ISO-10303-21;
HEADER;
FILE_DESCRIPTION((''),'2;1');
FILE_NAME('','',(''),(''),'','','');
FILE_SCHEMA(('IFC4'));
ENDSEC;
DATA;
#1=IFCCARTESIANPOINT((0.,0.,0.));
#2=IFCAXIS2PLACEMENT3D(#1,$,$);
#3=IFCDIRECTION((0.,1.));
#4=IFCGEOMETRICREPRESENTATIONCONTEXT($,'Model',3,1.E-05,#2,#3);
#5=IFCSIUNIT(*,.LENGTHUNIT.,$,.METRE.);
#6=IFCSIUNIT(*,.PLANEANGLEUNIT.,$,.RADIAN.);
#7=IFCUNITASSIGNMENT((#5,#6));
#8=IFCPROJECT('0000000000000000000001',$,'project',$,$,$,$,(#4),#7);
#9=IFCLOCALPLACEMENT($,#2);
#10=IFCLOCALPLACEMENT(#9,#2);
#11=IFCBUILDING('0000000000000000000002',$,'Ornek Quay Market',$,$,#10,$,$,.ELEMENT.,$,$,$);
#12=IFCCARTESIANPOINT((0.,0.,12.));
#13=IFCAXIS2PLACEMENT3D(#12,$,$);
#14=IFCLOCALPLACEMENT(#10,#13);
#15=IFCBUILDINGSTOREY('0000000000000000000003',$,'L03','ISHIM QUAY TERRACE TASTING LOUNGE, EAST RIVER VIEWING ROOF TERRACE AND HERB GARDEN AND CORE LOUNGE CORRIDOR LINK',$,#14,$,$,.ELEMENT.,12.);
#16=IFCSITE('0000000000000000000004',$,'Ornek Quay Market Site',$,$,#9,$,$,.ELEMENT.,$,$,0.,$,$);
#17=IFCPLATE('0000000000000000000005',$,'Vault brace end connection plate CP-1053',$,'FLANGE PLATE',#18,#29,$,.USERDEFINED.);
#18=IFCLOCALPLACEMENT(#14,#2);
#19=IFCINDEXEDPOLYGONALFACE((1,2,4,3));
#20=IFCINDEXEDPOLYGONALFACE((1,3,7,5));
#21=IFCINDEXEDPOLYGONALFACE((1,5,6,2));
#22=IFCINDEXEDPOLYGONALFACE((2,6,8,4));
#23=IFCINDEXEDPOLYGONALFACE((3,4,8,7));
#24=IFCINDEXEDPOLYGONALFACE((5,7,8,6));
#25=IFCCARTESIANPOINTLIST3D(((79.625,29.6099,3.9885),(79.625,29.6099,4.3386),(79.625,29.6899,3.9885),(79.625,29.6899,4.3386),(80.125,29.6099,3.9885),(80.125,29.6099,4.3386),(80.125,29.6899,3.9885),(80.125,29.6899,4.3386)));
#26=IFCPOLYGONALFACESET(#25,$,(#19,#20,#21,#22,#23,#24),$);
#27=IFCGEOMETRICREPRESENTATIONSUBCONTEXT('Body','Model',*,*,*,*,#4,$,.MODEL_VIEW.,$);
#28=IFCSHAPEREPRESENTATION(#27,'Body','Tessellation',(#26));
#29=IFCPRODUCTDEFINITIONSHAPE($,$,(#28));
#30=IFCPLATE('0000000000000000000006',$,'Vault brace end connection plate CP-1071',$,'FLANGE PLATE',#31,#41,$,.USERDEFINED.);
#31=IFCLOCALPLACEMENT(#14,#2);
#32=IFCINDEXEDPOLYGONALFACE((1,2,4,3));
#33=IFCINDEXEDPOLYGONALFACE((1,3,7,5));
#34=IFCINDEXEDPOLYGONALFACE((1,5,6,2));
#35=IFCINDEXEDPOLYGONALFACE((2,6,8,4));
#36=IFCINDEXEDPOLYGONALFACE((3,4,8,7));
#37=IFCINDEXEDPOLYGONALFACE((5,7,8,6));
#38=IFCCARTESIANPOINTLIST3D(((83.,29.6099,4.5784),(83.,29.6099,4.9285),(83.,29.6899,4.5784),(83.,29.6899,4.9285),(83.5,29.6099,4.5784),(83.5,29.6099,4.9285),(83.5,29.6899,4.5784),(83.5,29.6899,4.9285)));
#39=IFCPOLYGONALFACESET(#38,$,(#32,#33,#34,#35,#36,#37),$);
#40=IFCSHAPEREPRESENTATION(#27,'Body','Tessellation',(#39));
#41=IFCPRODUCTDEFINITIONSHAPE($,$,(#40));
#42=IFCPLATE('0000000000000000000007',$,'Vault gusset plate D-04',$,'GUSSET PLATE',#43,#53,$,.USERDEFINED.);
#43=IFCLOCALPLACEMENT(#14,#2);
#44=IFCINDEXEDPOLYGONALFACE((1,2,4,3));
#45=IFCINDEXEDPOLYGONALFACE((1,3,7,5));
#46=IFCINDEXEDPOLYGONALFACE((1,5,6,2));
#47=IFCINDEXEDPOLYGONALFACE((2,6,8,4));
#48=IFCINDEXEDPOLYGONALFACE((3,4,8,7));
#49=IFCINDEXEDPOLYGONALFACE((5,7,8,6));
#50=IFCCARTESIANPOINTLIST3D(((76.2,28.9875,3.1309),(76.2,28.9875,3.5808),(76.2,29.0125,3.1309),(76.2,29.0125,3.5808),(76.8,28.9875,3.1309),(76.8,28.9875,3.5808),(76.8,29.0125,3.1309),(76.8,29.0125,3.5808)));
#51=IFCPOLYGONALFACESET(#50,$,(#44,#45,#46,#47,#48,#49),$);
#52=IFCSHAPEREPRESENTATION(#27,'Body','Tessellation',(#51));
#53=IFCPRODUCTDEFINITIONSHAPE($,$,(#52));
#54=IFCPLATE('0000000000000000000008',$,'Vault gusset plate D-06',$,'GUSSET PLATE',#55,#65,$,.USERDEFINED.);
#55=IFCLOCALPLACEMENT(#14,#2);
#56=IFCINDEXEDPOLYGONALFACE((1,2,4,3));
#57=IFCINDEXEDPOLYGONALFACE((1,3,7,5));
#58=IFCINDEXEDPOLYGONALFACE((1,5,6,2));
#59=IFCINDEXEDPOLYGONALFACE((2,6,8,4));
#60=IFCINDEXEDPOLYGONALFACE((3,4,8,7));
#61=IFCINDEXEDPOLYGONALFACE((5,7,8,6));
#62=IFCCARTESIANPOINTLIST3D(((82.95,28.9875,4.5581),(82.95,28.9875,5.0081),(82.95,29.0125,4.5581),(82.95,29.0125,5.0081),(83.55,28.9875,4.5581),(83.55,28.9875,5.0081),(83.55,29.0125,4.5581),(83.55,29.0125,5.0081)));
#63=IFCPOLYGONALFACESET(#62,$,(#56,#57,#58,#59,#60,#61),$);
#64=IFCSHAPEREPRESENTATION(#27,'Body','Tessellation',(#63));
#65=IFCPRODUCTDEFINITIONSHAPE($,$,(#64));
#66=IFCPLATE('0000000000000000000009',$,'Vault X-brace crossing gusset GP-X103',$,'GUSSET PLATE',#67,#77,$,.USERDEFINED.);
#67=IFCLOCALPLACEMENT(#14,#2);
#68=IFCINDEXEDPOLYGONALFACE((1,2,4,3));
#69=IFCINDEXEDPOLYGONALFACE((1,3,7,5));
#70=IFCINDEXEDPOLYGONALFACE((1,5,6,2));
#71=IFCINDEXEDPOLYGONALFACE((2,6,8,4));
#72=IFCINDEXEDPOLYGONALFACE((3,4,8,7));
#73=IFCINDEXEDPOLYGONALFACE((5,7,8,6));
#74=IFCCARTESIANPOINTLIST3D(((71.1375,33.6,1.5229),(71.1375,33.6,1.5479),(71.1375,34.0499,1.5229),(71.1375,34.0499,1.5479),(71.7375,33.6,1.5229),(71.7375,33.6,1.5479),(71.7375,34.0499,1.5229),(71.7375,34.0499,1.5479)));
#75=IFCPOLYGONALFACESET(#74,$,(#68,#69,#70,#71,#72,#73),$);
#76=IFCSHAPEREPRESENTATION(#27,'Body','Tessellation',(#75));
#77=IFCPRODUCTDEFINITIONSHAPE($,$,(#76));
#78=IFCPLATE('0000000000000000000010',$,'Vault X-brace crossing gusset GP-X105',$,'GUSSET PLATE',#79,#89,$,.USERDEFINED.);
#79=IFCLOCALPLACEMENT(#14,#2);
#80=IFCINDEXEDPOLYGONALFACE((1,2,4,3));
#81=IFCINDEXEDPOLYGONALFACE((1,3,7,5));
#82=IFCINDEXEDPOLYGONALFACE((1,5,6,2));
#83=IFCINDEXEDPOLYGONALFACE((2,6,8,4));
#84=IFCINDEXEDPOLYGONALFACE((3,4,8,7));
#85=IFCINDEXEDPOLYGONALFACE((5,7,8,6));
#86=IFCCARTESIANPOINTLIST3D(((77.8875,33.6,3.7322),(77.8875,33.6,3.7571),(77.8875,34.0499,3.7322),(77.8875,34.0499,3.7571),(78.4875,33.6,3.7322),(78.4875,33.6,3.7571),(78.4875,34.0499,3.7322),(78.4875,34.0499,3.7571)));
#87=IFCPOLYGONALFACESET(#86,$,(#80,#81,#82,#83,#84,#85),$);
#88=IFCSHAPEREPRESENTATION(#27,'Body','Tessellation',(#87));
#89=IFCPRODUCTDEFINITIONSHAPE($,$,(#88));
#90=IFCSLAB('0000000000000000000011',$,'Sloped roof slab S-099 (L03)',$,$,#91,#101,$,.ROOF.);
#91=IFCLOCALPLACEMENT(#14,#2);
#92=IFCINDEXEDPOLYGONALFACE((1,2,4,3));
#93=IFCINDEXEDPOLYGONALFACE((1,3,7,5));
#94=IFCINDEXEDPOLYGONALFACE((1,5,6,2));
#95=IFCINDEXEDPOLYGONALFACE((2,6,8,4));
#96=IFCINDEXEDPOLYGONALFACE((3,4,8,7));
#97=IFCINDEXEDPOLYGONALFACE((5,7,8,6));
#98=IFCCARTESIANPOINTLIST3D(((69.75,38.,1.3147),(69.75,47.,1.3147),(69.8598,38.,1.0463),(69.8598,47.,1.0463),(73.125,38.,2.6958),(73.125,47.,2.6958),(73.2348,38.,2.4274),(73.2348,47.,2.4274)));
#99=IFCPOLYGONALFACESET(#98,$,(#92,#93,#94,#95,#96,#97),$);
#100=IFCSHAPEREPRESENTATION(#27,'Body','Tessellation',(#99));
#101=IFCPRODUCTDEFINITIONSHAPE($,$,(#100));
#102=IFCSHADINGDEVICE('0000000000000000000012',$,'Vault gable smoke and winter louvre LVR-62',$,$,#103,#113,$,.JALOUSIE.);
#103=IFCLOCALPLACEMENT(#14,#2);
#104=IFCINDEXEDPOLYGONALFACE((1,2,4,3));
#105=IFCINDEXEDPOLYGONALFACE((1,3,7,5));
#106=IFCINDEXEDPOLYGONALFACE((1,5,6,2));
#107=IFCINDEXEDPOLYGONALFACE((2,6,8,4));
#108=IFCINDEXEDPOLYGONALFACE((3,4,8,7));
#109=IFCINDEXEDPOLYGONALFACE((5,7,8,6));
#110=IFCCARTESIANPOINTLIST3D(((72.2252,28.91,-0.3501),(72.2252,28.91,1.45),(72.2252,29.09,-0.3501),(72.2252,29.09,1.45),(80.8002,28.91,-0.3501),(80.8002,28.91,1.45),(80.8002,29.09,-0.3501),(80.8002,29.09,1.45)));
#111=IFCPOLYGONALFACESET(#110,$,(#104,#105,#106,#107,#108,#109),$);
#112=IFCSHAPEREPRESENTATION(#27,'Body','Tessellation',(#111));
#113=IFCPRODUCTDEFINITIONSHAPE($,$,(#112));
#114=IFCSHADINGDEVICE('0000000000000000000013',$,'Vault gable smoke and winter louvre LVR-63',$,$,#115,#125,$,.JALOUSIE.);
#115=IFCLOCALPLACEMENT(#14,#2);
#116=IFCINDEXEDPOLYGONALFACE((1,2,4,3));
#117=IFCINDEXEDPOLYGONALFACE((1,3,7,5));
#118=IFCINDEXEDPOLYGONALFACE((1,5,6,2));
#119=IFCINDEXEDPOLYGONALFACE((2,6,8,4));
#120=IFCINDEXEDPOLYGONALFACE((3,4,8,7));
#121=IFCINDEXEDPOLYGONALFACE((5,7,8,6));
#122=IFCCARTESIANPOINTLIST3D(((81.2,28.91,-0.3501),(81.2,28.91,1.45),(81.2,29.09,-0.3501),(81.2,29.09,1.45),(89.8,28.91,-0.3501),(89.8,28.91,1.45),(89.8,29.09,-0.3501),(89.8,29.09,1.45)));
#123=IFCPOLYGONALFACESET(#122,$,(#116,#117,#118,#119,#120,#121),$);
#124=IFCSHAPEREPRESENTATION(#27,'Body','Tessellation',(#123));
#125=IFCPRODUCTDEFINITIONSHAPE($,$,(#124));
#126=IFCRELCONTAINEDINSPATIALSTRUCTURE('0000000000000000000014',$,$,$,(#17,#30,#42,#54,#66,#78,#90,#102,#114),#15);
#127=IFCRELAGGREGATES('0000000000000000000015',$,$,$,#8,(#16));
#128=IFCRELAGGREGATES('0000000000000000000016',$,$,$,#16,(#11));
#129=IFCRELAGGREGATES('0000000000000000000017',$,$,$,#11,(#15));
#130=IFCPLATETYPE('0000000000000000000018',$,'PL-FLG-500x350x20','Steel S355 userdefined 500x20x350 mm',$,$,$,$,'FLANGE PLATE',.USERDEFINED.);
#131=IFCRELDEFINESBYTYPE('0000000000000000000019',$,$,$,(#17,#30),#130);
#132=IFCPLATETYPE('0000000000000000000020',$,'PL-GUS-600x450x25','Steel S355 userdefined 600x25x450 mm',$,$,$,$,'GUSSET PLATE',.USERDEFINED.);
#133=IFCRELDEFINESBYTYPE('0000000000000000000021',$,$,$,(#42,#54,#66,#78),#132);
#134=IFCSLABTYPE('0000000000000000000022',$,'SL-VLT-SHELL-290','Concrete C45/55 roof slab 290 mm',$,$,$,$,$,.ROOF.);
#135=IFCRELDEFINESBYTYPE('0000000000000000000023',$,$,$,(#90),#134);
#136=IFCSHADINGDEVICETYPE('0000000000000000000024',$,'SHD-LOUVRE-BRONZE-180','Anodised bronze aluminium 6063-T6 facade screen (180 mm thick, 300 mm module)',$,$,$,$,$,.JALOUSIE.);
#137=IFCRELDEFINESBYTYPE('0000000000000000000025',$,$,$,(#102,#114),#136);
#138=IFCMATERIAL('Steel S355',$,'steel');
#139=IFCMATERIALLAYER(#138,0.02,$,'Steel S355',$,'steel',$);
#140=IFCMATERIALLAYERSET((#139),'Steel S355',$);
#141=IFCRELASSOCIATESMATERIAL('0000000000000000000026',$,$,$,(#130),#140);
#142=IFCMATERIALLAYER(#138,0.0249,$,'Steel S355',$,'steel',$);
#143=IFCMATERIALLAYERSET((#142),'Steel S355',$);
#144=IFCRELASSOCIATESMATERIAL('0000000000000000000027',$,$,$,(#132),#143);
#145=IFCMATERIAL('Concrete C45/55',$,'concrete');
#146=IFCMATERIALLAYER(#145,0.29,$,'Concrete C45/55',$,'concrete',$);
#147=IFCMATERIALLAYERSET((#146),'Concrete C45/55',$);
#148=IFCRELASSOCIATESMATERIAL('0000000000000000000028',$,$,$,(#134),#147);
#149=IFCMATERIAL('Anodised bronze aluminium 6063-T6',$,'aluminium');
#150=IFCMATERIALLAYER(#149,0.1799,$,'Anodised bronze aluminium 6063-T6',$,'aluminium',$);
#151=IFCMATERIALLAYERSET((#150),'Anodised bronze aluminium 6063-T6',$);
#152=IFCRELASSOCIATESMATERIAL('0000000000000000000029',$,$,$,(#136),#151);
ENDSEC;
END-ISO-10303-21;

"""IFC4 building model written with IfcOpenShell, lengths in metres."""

from ifc_helpers import new_model, si_unit, direction, frame, frame_2d, origin, origin_2d, place, context, subcontext, project, spatial, polyline, rectangle, outline, extrude, material, layer, layer_set, type_object, element, save


model = new_model("IFC4")

# Units and contexts
model_context = context("Model", 3, precision=1e-05, world=origin(), true_north=direction((0.0, 1.0)))
body_context = subcontext(model_context, "Body", "Model", "MODEL_VIEW")
ifc_project = project(units=[si_unit("LENGTHUNIT", "METRE"), si_unit("PLANEANGLEUNIT", "RADIAN")], contexts=[model_context])

# Site, building, storey
site_placement = place(None, origin())
site = spatial("IfcSite", under=ifc_project, at=site_placement, Name="Ornek Quay Market Site", CompositionType="ELEMENT", RefElevation=0.0)
building_placement = place(site_placement, origin())
building = spatial("IfcBuilding", under=site, at=building_placement, Name="Ornek Quay Market", CompositionType="ELEMENT")
storey_placement = place(building_placement, frame((0.0, 0.0, 12.0)))
storey = spatial("IfcBuildingStorey", under=building, at=storey_placement, Name="L03", Description="ISHIM QUAY TERRACE TASTING LOUNGE, EAST RIVER VIEWING ROOF TERRACE AND HERB GARDEN AND CORE LOUNGE CORRIDOR LINK", CompositionType="ELEMENT", Elevation=12.0)

# Shared definitions
ifc_material_1 = material(Name="Concrete C45/55", Category="concrete")
ifc_material_2 = material(Name="Steel S355", Category="steel")

# Plates
ifc_layer_1 = layer(ifc_material_2, 0.02, Name="Steel S355", Category="steel")
ifc_layer_set_1 = layer_set([ifc_layer_1], Name="Steel S355")
plate_type_1 = type_object("IfcPlateType", Name="PL-FLG-500x350x20", Description="Steel S355 userdefined 500x20x350 mm", ElementType="FLANGE PLATE", PredefinedType="USERDEFINED", material=ifc_layer_set_1)
for number, where, z_axis, x_axis, name in (
    (1, (79.875, 29.6499, 3.9885), (0.0, 0.0, 1.0), (1.0, 0.0, 0.0), "Vault brace end connection plate CP-1053"),
    (2, (83.25, 29.6499, 4.5784), (0.0, 0.0, 1.0), (1.0, 0.0, 0.0), "Vault brace end connection plate CP-1071"),
):
    element("IfcPlate", number, at=place(storey_placement, frame(where, z_axis=z_axis, x_axis=x_axis)), inside=storey, type_object=plate_type_1, Name=name, ObjectType="FLANGE PLATE", PredefinedType="USERDEFINED", context=body_context, shape_type="SweptSolid", body=[
        extrude(rectangle(XDim=0.5, YDim=0.0801, at=origin_2d()), origin(), (0.0, 0.0, 1.0), 0.3501),
    ])
ifc_layer_2 = layer(ifc_material_2, 0.0249, Name="Steel S355", Category="steel")
ifc_layer_set_2 = layer_set([ifc_layer_2], Name="Steel S355")
plate_type_2 = type_object("IfcPlateType", Name="PL-GUS-600x450x25", Description="Steel S355 userdefined 600x25x450 mm", ElementType="GUSSET PLATE", PredefinedType="USERDEFINED", material=ifc_layer_set_2)
for number, where, z_axis, x_axis, name in (
    (3, (76.5, 29.0, 3.1309), (0.0, 0.0, 1.0), (1.0, 0.0, 0.0), "Vault gusset plate D-04"),
    (4, (83.25, 29.0, 4.5581), (0.0, 0.0, 1.0), (1.0, 0.0, 0.0), "Vault gusset plate D-06"),
):
    element("IfcPlate", number, at=place(storey_placement, frame(where, z_axis=z_axis, x_axis=x_axis)), inside=storey, type_object=plate_type_2, Name=name, ObjectType="GUSSET PLATE", PredefinedType="USERDEFINED", context=body_context, shape_type="SweptSolid", body=[
        extrude(rectangle(XDim=0.6001, YDim=0.0249, at=origin_2d()), origin(), (0.0, 0.0, 1.0), 0.45),
    ])
for number, where, z_axis, x_axis, name in (
    (5, (71.4375, 33.825, 1.5229), (0.0, 0.0, 1.0), (1.0, 0.0, 0.0), "Vault X-brace crossing gusset GP-X103"),
    (6, (78.1875, 33.825, 3.7322), (0.0, 0.0, 1.0), (1.0, 0.0, 0.0), "Vault X-brace crossing gusset GP-X105"),
):
    element("IfcPlate", number, at=place(storey_placement, frame(where, z_axis=z_axis, x_axis=x_axis)), inside=storey, type_object=plate_type_2, Name=name, ObjectType="GUSSET PLATE", PredefinedType="USERDEFINED", context=body_context, shape_type="SweptSolid", body=[
        extrude(rectangle(XDim=0.6001, YDim=0.45, at=origin_2d()), origin(), (0.0, 0.0, 1.0), 0.0249),
    ])

# Slab
ifc_layer_3 = layer(ifc_material_1, 0.29, Name="Concrete C45/55", Category="concrete")
ifc_layer_set_3 = layer_set([ifc_layer_3], Name="Concrete C45/55")
slab_type = type_object("IfcSlabType", Name="SL-VLT-SHELL-290", Description="Concrete C45/55 roof slab 290 mm", PredefinedType="ROOF", material=ifc_layer_set_3)
slab_placement = place(storey_placement, frame((69.75, 38.0, 1.3147), z_axis=(-0.378732, 0.0, 0.925506), x_axis=(0.925506, 0.0, 0.378732)))
element("IfcSlab", 7, at=slab_placement, inside=storey, type_object=slab_type, Name="Sloped roof slab S-099 (L03)", PredefinedType="ROOF", context=body_context, shape_type="SweptSolid", body=[
    extrude(outline(polyline([(0.0, 0.0), (3.6467, 0.0), (3.6467, 9.0), (0.0, 9.0), (0.0, 0.0)])), origin(), (0.0, 0.0, -1.0), 0.29),
])

# Shading devices
ifc_material_3 = material(Name="Anodised bronze aluminium 6063-T6", Category="aluminium")
ifc_layer_4 = layer(ifc_material_3, 0.1799, Name="Anodised bronze aluminium 6063-T6", Category="aluminium")
ifc_layer_set_4 = layer_set([ifc_layer_4], Name="Anodised bronze aluminium 6063-T6")
shading_device_type = type_object("IfcShadingDeviceType", Name="SHD-LOUVRE-BRONZE-180", Description="Anodised bronze aluminium 6063-T6 facade screen (180 mm thick, 300 mm module)", PredefinedType="JALOUSIE", material=ifc_layer_set_4)
shading_device_1_placement = place(storey_placement, frame((72.2251, 29.0, -0.3501), z_axis=(0.0, 0.0, 1.0), x_axis=(1.0, 0.0, 0.0)))
element("IfcShadingDevice", 8, at=shading_device_1_placement, inside=storey, type_object=shading_device_type, Name="Vault gable smoke and winter louvre LVR-62", PredefinedType="JALOUSIE", context=body_context, shape_type="SweptSolid", body=[
    extrude(rectangle(XDim=8.575, YDim=0.1799, at=frame_2d((4.2876, 0.0))), origin(), (0.0, 0.0, 1.0), 1.8),
])
shading_device_2_placement = place(storey_placement, frame((81.2, 29.0, -0.3501), z_axis=(0.0, 0.0, 1.0), x_axis=(1.0, 0.0, 0.0)))
element("IfcShadingDevice", 9, at=shading_device_2_placement, inside=storey, type_object=shading_device_type, Name="Vault gable smoke and winter louvre LVR-63", PredefinedType="JALOUSIE", context=body_context, shape_type="SweptSolid", body=[
    extrude(rectangle(XDim=8.6001, YDim=0.1799, at=frame_2d((4.3, 0.0))), origin(), (0.0, 0.0, 1.0), 1.8),
])

save(model, "model.ifc")
